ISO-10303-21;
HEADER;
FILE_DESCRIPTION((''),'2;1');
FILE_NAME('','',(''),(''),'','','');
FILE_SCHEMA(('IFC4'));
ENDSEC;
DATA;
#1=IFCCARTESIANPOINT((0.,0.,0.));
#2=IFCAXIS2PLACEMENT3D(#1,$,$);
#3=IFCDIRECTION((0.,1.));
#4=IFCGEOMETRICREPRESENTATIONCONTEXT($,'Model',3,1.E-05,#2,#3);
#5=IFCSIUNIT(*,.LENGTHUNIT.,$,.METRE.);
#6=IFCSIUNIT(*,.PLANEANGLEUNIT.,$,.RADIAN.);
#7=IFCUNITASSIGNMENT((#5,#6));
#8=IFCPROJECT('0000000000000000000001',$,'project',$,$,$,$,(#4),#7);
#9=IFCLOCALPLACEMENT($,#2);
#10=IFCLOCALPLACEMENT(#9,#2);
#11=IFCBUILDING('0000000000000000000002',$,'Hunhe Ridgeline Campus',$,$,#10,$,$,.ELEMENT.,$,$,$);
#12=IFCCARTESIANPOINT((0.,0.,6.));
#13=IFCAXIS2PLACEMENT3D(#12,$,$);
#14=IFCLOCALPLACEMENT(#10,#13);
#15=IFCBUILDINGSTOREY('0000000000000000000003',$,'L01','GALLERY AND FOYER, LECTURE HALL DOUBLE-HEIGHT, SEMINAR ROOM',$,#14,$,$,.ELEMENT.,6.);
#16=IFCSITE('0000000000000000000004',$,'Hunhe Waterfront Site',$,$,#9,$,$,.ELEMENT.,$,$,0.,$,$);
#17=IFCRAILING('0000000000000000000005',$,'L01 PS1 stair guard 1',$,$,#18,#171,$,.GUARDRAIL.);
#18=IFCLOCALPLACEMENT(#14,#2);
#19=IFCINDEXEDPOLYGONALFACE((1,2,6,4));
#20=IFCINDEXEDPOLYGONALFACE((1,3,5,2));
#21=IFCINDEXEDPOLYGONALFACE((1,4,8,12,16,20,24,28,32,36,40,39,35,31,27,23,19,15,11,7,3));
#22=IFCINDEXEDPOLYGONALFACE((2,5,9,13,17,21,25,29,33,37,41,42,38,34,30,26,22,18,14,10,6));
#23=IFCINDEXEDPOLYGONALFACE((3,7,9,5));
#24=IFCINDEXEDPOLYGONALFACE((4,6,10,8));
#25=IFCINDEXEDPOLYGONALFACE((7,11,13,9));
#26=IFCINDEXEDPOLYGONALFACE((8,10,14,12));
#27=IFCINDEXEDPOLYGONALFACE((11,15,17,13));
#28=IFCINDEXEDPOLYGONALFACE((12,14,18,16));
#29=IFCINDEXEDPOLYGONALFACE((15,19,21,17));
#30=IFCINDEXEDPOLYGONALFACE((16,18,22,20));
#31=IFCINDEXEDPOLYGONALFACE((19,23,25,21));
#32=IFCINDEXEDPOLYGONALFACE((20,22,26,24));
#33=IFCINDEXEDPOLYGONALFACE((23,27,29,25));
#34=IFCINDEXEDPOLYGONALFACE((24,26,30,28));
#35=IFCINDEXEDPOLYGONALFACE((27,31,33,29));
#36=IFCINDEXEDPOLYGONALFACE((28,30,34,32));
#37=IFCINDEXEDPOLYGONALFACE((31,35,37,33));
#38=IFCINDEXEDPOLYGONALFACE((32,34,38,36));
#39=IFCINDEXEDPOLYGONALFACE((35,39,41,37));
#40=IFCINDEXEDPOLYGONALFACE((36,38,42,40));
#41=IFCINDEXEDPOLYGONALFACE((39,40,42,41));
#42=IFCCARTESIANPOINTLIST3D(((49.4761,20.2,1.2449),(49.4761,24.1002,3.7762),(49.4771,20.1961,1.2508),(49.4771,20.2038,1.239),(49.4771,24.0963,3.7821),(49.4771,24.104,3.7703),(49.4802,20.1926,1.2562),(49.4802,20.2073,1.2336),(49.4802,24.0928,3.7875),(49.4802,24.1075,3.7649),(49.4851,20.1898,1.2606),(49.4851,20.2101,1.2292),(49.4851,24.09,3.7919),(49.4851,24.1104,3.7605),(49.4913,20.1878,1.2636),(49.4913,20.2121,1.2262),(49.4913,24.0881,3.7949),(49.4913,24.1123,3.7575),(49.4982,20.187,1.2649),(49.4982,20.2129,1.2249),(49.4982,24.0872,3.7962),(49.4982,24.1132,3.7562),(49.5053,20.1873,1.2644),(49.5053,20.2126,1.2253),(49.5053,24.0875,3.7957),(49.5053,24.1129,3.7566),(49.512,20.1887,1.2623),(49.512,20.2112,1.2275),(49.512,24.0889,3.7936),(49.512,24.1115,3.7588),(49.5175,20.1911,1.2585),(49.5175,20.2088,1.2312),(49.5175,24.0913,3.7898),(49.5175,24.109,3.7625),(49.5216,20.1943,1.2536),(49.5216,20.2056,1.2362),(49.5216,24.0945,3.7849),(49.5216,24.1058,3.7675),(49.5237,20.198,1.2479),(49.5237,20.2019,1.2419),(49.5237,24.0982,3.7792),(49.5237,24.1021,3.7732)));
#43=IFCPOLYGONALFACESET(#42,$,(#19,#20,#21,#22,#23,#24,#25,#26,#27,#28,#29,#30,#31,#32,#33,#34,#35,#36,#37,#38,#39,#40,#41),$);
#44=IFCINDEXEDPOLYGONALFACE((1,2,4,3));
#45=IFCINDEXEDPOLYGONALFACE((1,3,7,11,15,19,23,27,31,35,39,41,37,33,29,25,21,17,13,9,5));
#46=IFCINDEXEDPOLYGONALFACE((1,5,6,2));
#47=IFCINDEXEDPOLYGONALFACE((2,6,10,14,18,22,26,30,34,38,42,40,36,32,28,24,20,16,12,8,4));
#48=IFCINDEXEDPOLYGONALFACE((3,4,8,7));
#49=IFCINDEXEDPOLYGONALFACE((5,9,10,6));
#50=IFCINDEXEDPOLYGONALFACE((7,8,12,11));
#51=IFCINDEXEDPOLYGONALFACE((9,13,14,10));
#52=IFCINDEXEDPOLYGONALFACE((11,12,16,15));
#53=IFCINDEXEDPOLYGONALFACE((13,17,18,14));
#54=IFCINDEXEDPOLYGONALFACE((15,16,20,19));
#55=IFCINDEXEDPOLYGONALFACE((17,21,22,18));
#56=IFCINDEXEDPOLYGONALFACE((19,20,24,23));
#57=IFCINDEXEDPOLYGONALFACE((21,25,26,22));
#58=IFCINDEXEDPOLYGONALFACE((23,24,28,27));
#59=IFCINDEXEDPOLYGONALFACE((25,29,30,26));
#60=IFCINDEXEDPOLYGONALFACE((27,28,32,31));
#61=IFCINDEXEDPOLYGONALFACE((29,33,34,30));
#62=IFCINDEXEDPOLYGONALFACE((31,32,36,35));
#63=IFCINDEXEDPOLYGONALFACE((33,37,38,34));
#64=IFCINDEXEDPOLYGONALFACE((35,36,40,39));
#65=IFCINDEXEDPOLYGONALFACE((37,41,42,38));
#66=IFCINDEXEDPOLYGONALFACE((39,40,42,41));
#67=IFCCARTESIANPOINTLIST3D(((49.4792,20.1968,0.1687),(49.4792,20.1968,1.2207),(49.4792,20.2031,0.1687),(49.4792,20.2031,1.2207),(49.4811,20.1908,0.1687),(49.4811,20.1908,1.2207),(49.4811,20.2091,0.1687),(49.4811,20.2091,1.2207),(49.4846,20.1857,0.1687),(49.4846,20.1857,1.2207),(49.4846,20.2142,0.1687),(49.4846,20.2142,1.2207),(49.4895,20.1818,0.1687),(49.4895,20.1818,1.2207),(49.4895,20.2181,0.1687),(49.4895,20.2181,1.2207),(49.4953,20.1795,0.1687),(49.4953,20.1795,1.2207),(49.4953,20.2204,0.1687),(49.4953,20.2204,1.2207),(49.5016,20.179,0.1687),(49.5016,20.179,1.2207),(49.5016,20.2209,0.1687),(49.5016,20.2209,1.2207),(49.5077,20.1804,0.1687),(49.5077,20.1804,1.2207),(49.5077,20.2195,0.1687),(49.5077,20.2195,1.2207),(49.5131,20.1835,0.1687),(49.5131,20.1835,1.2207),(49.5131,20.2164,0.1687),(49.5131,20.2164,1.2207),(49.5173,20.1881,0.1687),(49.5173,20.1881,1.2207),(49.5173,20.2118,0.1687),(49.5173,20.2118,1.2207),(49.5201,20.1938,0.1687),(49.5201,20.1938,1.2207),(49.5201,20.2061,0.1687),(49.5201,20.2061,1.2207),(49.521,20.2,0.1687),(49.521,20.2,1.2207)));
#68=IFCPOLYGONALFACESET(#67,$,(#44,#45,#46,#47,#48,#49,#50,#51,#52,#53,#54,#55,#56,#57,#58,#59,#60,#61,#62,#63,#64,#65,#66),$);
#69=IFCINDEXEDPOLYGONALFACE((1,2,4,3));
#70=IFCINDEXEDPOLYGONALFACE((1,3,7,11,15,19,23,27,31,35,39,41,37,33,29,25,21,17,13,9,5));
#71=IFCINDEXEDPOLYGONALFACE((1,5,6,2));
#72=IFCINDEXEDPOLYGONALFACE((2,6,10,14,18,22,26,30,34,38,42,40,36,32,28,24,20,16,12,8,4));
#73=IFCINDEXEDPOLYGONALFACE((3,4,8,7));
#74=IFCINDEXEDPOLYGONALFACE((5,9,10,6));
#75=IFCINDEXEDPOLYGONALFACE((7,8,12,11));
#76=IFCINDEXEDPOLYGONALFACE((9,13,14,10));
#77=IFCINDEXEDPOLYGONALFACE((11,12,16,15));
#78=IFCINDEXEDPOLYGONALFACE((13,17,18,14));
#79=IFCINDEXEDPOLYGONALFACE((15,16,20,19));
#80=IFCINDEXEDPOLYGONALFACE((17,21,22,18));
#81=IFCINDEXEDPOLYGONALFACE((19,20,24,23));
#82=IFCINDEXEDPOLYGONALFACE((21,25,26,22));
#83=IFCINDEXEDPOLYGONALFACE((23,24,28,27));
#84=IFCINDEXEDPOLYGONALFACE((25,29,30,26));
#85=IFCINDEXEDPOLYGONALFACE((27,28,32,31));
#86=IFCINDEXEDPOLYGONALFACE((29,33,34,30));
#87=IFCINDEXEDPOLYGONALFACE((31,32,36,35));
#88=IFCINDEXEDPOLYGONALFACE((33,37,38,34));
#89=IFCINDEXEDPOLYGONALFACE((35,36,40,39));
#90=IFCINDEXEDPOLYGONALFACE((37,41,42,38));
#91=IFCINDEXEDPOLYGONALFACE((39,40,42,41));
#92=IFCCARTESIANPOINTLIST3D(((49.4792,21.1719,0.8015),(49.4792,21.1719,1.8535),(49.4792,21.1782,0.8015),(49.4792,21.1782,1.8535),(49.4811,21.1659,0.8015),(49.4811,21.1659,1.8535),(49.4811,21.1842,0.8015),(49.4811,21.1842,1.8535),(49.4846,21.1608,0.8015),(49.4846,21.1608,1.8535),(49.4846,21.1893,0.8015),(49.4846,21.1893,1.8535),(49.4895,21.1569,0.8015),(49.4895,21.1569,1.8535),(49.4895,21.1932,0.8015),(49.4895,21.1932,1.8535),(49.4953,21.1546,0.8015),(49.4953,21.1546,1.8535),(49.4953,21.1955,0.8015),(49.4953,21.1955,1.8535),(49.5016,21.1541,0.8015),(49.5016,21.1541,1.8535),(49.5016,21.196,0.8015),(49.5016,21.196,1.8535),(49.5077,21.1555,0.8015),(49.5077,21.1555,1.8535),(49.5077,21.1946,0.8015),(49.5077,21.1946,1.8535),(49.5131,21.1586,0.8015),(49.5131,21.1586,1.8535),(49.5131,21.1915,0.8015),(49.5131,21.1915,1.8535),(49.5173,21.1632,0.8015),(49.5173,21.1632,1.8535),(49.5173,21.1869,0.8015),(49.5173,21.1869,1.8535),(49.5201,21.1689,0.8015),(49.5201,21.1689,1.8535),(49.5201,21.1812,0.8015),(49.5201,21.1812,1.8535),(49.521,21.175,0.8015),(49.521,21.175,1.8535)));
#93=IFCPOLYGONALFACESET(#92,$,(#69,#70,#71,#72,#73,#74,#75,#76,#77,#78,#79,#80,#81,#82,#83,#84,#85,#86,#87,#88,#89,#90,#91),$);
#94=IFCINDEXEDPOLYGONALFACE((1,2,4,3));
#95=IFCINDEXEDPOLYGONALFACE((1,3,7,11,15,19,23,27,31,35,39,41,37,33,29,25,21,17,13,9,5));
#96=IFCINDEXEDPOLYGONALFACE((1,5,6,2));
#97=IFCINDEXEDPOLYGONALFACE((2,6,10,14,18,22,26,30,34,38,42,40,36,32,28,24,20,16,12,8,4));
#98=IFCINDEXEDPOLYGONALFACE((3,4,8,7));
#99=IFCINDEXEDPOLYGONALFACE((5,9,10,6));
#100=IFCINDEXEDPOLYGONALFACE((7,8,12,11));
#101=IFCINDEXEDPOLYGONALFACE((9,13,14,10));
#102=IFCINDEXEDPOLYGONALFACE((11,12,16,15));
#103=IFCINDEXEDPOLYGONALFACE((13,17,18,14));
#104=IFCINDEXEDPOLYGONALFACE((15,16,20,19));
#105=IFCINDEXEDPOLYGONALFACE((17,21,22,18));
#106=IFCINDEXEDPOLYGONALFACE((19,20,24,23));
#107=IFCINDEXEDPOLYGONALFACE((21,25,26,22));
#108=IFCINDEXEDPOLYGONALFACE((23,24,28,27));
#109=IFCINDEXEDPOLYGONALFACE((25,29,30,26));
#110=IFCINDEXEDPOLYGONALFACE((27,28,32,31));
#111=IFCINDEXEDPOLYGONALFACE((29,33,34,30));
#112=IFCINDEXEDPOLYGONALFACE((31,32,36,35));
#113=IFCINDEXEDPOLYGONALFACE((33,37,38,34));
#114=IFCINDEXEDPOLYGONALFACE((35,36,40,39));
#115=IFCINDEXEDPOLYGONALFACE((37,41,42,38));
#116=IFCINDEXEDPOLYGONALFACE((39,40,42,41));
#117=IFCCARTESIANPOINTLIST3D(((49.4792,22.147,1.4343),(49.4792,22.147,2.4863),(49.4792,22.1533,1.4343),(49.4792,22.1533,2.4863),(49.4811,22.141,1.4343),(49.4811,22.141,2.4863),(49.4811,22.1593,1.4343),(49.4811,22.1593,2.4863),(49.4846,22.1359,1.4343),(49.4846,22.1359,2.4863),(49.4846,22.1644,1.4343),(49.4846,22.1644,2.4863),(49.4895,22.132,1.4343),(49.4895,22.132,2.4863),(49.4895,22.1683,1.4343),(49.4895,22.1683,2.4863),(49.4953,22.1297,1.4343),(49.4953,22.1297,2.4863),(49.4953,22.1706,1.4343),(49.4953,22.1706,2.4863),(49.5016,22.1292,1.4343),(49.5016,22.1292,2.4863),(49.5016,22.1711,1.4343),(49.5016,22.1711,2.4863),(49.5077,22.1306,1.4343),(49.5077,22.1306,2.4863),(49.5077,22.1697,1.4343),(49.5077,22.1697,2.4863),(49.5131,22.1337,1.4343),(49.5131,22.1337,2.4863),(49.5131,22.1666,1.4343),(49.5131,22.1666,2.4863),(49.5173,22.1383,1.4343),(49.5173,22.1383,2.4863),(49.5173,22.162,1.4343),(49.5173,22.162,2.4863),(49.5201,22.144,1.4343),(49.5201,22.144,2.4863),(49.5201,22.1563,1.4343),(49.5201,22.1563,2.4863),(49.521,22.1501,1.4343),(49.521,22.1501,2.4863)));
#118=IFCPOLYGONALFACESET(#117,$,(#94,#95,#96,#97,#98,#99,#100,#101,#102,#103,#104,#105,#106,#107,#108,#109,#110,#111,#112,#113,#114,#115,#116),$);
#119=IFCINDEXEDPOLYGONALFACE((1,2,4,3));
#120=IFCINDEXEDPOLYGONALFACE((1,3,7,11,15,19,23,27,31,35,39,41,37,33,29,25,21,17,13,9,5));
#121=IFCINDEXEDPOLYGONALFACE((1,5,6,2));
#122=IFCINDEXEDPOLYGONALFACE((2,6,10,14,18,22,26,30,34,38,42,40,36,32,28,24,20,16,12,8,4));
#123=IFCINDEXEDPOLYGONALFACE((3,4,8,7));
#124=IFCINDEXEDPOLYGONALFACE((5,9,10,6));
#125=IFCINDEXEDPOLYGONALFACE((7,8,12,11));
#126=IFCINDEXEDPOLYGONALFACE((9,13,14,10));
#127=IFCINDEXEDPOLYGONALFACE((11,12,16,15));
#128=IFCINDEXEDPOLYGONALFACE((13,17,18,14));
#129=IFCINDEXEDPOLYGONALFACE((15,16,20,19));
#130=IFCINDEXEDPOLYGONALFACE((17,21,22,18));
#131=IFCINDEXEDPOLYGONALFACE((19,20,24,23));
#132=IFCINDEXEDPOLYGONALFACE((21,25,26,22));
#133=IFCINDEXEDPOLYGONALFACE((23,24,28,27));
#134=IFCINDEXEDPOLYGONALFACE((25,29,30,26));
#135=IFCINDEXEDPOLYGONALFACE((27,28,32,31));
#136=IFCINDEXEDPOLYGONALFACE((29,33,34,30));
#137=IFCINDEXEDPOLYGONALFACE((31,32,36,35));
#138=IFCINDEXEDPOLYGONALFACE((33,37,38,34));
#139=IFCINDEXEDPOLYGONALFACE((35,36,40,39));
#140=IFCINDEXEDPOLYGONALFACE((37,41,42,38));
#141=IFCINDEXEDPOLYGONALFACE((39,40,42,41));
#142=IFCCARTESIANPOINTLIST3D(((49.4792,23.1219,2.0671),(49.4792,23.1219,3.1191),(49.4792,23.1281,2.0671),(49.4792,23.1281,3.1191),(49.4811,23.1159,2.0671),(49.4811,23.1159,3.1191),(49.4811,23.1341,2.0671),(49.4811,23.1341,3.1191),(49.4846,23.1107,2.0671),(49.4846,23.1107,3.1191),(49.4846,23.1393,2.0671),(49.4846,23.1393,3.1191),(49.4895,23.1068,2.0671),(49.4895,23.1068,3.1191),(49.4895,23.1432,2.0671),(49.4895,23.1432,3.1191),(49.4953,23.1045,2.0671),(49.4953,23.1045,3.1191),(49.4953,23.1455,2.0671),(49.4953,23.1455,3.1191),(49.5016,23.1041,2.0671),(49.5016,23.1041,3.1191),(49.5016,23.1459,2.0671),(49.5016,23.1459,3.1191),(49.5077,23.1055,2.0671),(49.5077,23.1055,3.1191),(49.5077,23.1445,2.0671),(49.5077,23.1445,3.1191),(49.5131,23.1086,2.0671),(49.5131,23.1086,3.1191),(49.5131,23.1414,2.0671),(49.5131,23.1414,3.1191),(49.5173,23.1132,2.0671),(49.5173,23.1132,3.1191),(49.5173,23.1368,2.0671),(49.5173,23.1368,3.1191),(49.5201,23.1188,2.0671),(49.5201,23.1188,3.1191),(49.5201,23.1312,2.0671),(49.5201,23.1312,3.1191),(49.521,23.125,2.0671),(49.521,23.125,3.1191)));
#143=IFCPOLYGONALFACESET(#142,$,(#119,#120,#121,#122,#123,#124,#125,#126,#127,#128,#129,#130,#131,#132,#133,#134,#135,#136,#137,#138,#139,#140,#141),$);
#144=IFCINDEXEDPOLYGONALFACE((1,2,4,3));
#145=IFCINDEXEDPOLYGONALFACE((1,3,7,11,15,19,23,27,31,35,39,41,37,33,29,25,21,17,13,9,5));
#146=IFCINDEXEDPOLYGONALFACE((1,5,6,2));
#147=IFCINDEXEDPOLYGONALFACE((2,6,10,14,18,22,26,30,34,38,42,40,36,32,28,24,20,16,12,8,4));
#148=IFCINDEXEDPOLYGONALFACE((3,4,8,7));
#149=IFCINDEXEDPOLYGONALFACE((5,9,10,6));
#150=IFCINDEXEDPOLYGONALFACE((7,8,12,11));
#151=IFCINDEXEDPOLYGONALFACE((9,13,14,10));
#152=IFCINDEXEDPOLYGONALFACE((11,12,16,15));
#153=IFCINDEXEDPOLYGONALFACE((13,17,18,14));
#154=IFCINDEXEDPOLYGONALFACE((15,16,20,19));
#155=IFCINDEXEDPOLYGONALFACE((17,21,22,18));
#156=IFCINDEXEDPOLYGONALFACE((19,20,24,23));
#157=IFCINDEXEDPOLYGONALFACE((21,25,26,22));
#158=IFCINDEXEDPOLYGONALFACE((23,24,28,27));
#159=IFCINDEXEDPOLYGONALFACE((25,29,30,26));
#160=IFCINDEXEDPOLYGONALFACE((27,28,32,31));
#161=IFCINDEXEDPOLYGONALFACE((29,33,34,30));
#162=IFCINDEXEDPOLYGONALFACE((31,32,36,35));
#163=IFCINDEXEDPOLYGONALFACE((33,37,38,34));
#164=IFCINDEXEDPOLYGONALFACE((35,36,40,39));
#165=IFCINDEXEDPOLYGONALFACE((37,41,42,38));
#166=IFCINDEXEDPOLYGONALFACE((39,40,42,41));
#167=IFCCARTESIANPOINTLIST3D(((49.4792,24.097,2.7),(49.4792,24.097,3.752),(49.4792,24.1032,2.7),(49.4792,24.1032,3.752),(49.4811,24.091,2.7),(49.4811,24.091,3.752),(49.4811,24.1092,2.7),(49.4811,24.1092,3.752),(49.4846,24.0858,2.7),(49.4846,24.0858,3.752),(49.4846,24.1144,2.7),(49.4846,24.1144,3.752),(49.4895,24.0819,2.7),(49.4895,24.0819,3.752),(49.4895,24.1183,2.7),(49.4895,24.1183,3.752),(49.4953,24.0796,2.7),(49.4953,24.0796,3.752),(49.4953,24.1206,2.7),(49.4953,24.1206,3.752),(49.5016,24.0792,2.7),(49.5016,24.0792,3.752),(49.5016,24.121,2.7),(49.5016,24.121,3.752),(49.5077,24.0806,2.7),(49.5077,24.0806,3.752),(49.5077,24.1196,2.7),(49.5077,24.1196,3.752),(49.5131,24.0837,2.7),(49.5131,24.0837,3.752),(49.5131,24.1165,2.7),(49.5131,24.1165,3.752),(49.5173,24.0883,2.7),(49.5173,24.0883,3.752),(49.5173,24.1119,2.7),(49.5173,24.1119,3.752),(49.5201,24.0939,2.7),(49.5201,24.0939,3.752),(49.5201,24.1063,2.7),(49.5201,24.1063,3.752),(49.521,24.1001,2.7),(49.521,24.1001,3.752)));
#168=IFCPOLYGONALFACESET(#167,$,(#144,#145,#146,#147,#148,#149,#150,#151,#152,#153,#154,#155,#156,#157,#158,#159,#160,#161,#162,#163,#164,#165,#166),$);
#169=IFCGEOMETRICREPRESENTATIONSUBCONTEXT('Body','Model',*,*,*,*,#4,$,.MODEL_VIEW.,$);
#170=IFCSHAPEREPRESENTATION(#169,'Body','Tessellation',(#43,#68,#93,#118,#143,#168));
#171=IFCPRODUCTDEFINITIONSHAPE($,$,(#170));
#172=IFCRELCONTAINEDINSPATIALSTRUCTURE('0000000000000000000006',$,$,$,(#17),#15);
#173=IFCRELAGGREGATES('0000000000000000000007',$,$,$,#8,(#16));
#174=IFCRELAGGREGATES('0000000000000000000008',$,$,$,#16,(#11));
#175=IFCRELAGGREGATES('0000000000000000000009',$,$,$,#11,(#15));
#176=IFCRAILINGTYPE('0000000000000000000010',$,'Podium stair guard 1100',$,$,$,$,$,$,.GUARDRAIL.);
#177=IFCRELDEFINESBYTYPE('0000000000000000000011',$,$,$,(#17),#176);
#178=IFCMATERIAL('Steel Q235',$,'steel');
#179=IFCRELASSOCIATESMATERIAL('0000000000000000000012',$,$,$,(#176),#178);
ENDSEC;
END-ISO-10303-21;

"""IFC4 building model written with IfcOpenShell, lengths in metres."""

from ifc_helpers import new_model, si_unit, direction, frame, origin, origin_2d, place, context, subcontext, project, spatial, circle, extrude, material, type_object, element, save


model = new_model("IFC4")

# Units and contexts
model_context = context("Model", 3, precision=1e-05, world=origin(), true_north=direction((0.0, 1.0)))
body_context = subcontext(model_context, "Body", "Model", "MODEL_VIEW")
ifc_project = project(units=[si_unit("LENGTHUNIT", "METRE"), si_unit("PLANEANGLEUNIT", "RADIAN")], contexts=[model_context])

# Site, building, storey
site_placement = place(None, origin())
site = spatial("IfcSite", under=ifc_project, at=site_placement, Name="Hunhe Waterfront Site", CompositionType="ELEMENT", RefElevation=0.0)
building_placement = place(site_placement, origin())
building = spatial("IfcBuilding", under=site, at=building_placement, Name="Hunhe Ridgeline Campus", CompositionType="ELEMENT")
storey_placement = place(building_placement, frame((0.0, 0.0, 6.0)))
storey = spatial("IfcBuildingStorey", under=building, at=storey_placement, Name="L01", Description="GALLERY AND FOYER, LECTURE HALL DOUBLE-HEIGHT, SEMINAR ROOM", CompositionType="ELEMENT", Elevation=6.0)

# Shared definitions
ifc_material_1 = material(Name="Steel Q235", Category="steel")

# Railing
railing_type_1 = type_object("IfcRailingType", Name="Podium stair guard 1100", PredefinedType="GUARDRAIL", material=ifc_material_1)
railing_1_placement = place(storey_placement, frame((49.5, 20.2, 0.1687)))
element("IfcRailing", 1, at=railing_1_placement, inside=storey, type_object=railing_type_1, Name="L01 PS1 stair guard 1", PredefinedType="GUARDRAIL", context=body_context, shape_type="SweptSolid", body=[
    extrude(circle(Radius=0.0239, at=origin_2d()), frame((0.0, 0.0, 1.0762), z_axis=(0.0, 0.838821, 0.544407), x_axis=(-1.0, 0.0, 0.0)), (0.0, 0.0, 1.0), 4.6497),
    extrude(circle(Radius=0.021, at=origin_2d()), origin(), (0.0, 0.0, 1.0), 1.052),
    extrude(circle(Radius=0.021, at=origin_2d()), frame((0.0, 0.9751, 0.6328)), (0.0, 0.0, 1.0), 1.052),
    extrude(circle(Radius=0.021, at=origin_2d()), frame((0.0, 1.9502, 1.2656)), (0.0, 0.0, 1.0), 1.052),
    extrude(circle(Radius=0.021, at=origin_2d()), frame((0.0, 2.925, 1.8984)), (0.0, 0.0, 1.0), 1.052),
    extrude(circle(Radius=0.021, at=origin_2d()), frame((0.0, 3.9001, 2.5312)), (0.0, 0.0, 1.0), 1.052),
])

save(model, "model.ifc")
